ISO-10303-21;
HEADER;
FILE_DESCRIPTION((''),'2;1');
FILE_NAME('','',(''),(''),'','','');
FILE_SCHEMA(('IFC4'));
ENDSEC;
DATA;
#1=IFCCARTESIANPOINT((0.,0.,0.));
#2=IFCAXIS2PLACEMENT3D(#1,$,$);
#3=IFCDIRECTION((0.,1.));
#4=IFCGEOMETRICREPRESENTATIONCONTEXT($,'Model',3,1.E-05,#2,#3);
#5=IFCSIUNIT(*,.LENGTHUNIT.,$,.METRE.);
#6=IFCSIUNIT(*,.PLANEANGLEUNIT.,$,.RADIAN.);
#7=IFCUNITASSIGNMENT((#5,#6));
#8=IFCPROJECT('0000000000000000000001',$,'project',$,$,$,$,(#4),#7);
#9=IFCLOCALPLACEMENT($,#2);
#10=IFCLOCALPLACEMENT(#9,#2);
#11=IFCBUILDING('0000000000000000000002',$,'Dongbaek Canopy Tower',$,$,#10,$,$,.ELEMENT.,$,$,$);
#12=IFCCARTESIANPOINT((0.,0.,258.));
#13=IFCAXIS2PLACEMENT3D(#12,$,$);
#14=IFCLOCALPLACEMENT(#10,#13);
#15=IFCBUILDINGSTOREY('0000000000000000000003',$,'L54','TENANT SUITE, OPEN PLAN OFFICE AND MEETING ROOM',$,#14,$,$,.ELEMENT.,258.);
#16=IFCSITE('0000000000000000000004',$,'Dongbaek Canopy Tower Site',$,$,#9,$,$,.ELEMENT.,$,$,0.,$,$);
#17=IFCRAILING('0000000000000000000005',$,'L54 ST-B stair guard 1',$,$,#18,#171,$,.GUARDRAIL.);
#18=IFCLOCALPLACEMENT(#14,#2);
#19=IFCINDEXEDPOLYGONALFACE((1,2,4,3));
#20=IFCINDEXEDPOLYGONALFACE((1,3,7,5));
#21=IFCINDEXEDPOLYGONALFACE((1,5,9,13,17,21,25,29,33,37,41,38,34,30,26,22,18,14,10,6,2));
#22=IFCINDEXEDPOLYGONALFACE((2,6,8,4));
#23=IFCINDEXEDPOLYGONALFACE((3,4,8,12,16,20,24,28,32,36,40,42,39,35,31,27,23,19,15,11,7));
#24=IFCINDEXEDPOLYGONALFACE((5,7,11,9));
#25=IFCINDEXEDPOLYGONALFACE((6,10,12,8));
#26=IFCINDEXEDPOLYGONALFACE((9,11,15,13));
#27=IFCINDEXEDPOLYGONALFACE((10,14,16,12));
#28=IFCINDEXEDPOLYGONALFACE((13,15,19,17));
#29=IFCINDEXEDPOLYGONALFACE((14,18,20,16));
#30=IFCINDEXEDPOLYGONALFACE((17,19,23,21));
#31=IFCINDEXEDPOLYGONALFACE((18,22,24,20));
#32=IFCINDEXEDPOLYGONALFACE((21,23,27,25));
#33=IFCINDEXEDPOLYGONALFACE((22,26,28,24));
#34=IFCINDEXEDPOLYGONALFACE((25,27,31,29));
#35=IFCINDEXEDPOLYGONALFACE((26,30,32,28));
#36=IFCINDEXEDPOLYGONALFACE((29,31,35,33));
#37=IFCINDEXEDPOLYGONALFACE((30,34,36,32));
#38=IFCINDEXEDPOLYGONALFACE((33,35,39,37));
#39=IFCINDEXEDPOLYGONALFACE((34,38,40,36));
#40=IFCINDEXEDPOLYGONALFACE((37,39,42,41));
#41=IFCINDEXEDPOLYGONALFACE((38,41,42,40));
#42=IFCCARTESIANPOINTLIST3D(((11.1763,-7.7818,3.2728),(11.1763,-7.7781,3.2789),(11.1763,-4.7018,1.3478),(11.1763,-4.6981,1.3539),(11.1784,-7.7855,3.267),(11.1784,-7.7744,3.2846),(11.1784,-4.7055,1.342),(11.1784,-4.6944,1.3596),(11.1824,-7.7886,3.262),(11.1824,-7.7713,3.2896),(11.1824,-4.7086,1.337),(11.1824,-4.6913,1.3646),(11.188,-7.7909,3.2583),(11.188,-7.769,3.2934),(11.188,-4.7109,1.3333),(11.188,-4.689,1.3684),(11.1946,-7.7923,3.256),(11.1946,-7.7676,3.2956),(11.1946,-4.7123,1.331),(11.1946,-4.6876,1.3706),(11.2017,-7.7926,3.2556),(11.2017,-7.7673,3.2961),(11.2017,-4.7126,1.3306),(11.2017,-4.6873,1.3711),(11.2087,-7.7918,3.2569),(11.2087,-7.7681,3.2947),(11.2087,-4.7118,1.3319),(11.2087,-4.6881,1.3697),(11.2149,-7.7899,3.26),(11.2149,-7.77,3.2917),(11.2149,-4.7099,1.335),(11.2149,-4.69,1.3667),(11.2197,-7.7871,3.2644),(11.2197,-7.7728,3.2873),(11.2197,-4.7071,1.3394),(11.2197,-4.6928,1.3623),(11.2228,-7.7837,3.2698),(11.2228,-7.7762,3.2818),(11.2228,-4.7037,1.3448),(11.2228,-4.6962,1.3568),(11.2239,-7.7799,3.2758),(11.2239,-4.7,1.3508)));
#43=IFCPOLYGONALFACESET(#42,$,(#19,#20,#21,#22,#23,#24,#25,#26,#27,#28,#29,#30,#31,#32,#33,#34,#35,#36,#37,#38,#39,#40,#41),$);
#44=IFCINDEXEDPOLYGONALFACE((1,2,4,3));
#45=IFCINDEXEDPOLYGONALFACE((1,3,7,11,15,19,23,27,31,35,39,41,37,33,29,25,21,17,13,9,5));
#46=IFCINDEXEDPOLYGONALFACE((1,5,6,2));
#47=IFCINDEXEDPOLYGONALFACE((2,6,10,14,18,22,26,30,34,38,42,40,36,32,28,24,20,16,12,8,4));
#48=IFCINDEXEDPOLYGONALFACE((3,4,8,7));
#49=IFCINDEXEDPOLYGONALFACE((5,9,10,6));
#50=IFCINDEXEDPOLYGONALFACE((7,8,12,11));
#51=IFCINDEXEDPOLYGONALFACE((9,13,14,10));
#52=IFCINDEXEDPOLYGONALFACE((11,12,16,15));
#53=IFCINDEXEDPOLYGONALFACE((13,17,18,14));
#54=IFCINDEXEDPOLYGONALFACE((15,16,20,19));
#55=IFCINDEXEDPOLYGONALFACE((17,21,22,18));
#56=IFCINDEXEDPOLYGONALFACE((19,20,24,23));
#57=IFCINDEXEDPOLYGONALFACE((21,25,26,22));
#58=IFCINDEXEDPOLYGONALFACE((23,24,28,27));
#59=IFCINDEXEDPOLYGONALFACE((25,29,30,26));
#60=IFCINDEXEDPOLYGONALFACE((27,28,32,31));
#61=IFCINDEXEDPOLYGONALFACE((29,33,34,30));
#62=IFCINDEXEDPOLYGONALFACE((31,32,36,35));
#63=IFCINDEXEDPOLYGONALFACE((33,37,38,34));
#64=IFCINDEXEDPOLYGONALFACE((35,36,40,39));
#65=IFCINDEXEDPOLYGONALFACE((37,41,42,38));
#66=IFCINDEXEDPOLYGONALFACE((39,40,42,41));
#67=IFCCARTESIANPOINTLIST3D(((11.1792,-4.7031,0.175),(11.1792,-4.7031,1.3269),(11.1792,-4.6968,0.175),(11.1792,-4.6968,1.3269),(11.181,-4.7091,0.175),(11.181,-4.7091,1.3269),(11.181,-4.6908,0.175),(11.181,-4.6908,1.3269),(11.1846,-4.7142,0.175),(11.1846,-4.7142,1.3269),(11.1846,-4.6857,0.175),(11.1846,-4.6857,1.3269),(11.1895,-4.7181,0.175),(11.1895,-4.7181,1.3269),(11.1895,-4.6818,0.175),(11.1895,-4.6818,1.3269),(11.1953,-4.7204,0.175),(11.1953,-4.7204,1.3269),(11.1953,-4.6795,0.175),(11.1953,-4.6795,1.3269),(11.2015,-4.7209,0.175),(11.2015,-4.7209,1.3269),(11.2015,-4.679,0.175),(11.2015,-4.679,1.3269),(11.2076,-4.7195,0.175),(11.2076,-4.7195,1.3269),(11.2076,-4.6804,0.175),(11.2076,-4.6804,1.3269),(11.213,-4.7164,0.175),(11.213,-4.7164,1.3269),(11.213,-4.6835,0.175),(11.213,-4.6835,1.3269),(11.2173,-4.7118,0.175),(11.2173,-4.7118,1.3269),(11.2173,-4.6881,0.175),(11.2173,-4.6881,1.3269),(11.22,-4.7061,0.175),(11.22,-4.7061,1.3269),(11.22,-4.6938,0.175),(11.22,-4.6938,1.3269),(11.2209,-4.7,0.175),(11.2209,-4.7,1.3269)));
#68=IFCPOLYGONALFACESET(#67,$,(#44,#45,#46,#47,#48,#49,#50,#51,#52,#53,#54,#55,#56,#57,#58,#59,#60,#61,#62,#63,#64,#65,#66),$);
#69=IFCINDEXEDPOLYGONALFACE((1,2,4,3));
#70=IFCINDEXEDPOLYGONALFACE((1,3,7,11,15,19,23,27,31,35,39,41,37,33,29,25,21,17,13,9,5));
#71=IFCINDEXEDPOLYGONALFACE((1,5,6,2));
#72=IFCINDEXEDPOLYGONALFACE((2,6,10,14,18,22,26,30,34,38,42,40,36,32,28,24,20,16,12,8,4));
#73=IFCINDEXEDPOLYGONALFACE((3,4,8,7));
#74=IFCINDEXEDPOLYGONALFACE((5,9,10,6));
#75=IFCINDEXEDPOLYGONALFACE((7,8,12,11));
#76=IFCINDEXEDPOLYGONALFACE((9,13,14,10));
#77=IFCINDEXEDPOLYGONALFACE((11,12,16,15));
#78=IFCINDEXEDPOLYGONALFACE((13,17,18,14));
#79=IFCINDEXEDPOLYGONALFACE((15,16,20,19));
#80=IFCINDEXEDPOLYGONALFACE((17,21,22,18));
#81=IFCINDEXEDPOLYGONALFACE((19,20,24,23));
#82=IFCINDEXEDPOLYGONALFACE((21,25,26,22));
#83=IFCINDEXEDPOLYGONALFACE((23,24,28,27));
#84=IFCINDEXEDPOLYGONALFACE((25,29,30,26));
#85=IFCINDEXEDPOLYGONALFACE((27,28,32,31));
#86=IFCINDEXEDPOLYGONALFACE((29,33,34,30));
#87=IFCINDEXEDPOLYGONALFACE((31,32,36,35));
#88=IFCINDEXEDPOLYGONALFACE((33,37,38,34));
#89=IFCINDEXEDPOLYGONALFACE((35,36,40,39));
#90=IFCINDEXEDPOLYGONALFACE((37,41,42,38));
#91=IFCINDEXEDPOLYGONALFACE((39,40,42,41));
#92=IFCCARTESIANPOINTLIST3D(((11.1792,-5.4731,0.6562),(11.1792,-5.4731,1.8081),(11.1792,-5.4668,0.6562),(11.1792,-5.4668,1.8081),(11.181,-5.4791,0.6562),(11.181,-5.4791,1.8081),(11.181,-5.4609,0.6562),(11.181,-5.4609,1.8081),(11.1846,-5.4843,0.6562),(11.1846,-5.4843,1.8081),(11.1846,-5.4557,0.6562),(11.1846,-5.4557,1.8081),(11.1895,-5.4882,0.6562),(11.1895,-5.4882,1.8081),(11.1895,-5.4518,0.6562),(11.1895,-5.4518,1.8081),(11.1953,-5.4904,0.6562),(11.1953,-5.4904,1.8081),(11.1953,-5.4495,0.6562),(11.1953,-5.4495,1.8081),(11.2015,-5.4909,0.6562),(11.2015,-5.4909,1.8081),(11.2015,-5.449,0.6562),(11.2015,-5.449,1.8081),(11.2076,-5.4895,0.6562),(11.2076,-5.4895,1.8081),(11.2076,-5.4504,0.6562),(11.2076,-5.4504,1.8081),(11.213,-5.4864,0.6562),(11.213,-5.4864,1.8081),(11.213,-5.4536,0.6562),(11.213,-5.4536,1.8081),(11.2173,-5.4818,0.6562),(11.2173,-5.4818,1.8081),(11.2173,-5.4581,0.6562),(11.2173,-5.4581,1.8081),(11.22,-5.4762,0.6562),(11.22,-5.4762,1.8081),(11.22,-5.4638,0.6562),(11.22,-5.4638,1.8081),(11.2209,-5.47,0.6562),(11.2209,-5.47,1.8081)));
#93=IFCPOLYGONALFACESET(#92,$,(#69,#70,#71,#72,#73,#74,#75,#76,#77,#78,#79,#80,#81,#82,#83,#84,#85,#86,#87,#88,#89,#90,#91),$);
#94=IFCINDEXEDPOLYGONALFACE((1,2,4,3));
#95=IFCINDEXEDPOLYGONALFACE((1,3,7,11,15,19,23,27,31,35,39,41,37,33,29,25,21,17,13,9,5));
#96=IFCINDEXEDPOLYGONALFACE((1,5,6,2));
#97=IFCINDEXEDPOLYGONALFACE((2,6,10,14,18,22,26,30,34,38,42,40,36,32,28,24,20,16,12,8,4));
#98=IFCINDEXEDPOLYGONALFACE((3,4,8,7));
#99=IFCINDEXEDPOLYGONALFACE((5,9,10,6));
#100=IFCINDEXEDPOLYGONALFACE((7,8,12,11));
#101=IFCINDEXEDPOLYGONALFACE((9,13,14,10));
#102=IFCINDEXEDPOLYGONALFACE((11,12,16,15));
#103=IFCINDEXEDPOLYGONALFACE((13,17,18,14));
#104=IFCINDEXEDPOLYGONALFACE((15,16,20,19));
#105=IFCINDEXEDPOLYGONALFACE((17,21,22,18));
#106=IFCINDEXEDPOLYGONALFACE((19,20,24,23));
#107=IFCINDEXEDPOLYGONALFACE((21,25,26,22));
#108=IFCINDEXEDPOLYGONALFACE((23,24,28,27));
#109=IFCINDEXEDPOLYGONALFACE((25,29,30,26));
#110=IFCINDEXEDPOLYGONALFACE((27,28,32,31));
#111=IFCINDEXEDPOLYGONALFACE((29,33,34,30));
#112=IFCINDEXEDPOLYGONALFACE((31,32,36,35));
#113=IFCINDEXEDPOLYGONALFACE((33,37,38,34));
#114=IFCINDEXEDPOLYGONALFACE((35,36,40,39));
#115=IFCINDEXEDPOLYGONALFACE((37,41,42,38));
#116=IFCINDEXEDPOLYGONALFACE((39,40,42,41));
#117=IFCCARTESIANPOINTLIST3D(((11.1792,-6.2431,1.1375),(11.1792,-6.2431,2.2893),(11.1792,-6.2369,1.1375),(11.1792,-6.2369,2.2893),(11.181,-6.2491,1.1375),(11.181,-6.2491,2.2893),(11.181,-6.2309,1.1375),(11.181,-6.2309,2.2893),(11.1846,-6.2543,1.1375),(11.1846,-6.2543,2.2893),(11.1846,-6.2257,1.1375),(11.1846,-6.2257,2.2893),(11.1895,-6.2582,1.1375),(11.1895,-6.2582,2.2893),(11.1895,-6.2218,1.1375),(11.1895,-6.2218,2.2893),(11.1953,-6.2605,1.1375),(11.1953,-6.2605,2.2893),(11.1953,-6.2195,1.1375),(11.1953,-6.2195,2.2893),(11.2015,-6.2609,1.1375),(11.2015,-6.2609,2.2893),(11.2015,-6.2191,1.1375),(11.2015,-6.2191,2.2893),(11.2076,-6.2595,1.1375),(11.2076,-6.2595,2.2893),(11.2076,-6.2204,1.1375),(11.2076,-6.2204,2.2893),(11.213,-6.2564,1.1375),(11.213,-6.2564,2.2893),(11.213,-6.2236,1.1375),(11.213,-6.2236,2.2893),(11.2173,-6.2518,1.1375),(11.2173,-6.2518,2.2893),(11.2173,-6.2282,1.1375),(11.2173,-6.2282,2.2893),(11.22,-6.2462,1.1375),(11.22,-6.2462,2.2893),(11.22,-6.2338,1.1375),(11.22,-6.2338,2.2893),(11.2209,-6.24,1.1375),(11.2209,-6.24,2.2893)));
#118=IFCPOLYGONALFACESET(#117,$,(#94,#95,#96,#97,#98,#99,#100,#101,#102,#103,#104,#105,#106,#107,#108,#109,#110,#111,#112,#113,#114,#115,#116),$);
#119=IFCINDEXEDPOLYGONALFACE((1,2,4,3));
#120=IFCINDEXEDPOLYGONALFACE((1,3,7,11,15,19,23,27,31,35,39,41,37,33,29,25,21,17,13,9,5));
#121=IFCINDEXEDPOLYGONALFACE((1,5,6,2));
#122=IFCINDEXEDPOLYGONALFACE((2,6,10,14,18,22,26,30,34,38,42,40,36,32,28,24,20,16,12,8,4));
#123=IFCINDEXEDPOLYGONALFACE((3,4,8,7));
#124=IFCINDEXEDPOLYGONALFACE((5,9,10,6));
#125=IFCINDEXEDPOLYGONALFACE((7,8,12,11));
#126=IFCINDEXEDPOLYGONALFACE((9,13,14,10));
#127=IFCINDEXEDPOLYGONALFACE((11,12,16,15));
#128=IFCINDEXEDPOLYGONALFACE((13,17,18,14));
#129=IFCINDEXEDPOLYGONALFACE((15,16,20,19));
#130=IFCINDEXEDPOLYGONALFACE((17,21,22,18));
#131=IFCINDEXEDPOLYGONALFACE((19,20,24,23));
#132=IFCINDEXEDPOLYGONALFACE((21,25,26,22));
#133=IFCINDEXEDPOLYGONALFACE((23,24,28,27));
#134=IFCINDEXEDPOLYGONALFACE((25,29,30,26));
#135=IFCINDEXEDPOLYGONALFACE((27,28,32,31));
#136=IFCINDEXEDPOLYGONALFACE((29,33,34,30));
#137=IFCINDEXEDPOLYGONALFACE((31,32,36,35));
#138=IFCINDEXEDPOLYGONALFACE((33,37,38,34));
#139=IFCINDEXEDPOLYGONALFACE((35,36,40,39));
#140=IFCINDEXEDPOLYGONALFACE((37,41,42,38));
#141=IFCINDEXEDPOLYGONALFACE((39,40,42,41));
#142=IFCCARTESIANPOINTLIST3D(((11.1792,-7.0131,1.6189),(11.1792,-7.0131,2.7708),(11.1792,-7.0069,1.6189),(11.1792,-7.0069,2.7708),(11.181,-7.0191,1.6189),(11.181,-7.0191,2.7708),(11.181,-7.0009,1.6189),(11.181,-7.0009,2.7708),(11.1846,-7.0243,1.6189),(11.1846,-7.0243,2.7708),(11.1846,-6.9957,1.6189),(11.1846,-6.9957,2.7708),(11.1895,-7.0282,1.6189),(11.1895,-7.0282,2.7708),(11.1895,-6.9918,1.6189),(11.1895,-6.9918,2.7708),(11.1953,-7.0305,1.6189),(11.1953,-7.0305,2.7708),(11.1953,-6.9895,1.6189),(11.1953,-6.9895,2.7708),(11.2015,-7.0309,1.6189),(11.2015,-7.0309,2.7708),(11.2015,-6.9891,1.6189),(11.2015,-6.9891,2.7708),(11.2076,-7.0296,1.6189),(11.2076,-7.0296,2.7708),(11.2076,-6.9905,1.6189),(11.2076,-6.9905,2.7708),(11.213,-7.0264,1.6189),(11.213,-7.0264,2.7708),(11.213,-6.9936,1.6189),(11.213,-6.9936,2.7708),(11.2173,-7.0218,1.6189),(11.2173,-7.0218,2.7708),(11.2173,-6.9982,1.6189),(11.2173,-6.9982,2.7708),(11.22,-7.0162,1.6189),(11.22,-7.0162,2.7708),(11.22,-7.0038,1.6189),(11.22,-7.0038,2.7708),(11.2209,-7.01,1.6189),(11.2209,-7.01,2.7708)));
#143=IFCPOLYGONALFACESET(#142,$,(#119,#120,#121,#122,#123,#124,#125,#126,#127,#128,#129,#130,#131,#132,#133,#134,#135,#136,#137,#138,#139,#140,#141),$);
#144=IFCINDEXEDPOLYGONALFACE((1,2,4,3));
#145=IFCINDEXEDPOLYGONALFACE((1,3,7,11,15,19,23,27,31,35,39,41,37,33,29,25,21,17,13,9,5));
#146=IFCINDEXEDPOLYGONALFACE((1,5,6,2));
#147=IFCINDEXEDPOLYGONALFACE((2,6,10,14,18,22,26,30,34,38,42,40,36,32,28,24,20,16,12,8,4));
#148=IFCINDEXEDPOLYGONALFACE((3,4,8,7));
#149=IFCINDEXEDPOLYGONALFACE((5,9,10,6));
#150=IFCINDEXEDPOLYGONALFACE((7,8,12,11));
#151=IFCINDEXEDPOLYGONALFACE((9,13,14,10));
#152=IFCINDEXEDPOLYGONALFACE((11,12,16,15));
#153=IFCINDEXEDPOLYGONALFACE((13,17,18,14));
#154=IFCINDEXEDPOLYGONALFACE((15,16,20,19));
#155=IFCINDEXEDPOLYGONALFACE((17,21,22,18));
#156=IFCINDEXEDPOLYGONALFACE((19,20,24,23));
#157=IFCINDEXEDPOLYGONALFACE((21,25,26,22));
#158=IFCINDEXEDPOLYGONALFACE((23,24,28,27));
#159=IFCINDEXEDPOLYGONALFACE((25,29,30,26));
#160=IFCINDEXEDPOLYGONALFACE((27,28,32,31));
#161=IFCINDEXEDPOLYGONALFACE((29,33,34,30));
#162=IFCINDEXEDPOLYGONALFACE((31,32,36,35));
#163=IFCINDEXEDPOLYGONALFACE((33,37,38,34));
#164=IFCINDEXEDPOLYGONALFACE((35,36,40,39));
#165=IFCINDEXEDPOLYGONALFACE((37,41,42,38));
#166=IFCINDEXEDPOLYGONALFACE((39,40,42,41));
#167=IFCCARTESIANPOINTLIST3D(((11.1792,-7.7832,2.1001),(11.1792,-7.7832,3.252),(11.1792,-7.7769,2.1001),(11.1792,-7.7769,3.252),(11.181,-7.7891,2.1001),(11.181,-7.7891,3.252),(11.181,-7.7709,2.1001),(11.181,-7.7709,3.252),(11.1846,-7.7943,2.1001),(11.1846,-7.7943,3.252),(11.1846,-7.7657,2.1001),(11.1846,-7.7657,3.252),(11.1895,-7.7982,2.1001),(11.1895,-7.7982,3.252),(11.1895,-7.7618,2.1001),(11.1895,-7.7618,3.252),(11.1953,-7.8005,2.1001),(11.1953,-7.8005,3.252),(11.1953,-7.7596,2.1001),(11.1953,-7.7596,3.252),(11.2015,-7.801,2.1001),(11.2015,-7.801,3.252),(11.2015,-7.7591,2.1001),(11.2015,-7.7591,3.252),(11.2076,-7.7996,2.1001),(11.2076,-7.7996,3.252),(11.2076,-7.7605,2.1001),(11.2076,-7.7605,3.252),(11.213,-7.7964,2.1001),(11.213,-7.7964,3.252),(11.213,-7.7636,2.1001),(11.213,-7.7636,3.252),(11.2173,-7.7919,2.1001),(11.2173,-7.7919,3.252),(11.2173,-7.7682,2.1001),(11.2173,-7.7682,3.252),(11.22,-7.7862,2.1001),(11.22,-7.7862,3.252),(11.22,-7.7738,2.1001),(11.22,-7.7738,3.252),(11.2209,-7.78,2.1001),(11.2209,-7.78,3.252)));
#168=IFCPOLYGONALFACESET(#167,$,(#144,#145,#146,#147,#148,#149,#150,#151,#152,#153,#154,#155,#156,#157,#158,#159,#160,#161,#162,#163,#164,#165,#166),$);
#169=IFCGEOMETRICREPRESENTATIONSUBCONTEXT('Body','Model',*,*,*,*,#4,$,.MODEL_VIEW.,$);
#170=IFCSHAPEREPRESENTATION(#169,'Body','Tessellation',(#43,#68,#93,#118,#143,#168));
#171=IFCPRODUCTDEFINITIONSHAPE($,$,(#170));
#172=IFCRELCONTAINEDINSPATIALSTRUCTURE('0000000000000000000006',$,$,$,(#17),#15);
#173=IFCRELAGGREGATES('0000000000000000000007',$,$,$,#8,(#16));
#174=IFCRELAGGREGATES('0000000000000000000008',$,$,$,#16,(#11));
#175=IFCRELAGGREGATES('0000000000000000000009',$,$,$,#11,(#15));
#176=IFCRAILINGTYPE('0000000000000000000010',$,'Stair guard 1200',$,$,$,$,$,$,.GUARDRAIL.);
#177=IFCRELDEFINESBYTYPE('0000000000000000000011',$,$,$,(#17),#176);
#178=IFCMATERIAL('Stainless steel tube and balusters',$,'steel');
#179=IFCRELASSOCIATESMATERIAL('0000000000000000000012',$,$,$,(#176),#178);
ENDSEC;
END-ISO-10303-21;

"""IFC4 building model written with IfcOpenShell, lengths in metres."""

from ifc_helpers import new_model, si_unit, direction, frame, origin, origin_2d, place, context, subcontext, project, spatial, circle, extrude, material, type_object, element, save


model = new_model("IFC4")

# Units and contexts
model_context = context("Model", 3, precision=1e-05, world=origin(), true_north=direction((0.0, 1.0)))
body_context = subcontext(model_context, "Body", "Model", "MODEL_VIEW")
ifc_project = project(units=[si_unit("LENGTHUNIT", "METRE"), si_unit("PLANEANGLEUNIT", "RADIAN")], contexts=[model_context])

# Site, building, storey
site_placement = place(None, origin())
site = spatial("IfcSite", under=ifc_project, at=site_placement, Name="Dongbaek Canopy Tower Site", CompositionType="ELEMENT", RefElevation=0.0)
building_placement = place(site_placement, origin())
building = spatial("IfcBuilding", under=site, at=building_placement, Name="Dongbaek Canopy Tower", CompositionType="ELEMENT")
storey_placement = place(building_placement, frame((0.0, 0.0, 258.0)))
storey = spatial("IfcBuildingStorey", under=building, at=storey_placement, Name="L54", Description="TENANT SUITE, OPEN PLAN OFFICE AND MEETING ROOM", CompositionType="ELEMENT", Elevation=258.0)

# Railing
ifc_material_1 = material(Name="Stainless steel tube and balusters", Category="steel")
railing_type_1 = type_object("IfcRailingType", Name="Stair guard 1200", PredefinedType="GUARDRAIL", material=ifc_material_1)
railing_1_placement = place(storey_placement, frame((11.2, -4.7, 0.175)))
element("IfcRailing", 1, at=railing_1_placement, inside=storey, type_object=railing_type_1, Name="L54 ST-B stair guard 1", PredefinedType="GUARDRAIL", context=body_context, shape_type="SweptSolid", body=[
    extrude(circle(Radius=0.0239, at=origin_2d()), frame((0.0, 0.0, 1.1758), z_axis=(0.0, -0.847998, 0.529999), x_axis=(1.0, 0.0, 0.0)), (0.0, 0.0, 1.0), 3.6321),
    extrude(circle(Radius=0.021, at=origin_2d()), origin(), (0.0, 0.0, 1.0), 1.1519),
    extrude(circle(Radius=0.021, at=origin_2d()), frame((0.0, -0.77, 0.4812)), (0.0, 0.0, 1.0), 1.1519),
    extrude(circle(Radius=0.021, at=origin_2d()), frame((0.0, -1.54, 0.9624)), (0.0, 0.0, 1.0), 1.1519),
    extrude(circle(Radius=0.021, at=origin_2d()), frame((0.0, -2.3101, 1.4438)), (0.0, 0.0, 1.0), 1.1519),
    extrude(circle(Radius=0.021, at=origin_2d()), frame((0.0, -3.0801, 1.925)), (0.0, 0.0, 1.0), 1.1519),
])

save(model, "model.ifc")
